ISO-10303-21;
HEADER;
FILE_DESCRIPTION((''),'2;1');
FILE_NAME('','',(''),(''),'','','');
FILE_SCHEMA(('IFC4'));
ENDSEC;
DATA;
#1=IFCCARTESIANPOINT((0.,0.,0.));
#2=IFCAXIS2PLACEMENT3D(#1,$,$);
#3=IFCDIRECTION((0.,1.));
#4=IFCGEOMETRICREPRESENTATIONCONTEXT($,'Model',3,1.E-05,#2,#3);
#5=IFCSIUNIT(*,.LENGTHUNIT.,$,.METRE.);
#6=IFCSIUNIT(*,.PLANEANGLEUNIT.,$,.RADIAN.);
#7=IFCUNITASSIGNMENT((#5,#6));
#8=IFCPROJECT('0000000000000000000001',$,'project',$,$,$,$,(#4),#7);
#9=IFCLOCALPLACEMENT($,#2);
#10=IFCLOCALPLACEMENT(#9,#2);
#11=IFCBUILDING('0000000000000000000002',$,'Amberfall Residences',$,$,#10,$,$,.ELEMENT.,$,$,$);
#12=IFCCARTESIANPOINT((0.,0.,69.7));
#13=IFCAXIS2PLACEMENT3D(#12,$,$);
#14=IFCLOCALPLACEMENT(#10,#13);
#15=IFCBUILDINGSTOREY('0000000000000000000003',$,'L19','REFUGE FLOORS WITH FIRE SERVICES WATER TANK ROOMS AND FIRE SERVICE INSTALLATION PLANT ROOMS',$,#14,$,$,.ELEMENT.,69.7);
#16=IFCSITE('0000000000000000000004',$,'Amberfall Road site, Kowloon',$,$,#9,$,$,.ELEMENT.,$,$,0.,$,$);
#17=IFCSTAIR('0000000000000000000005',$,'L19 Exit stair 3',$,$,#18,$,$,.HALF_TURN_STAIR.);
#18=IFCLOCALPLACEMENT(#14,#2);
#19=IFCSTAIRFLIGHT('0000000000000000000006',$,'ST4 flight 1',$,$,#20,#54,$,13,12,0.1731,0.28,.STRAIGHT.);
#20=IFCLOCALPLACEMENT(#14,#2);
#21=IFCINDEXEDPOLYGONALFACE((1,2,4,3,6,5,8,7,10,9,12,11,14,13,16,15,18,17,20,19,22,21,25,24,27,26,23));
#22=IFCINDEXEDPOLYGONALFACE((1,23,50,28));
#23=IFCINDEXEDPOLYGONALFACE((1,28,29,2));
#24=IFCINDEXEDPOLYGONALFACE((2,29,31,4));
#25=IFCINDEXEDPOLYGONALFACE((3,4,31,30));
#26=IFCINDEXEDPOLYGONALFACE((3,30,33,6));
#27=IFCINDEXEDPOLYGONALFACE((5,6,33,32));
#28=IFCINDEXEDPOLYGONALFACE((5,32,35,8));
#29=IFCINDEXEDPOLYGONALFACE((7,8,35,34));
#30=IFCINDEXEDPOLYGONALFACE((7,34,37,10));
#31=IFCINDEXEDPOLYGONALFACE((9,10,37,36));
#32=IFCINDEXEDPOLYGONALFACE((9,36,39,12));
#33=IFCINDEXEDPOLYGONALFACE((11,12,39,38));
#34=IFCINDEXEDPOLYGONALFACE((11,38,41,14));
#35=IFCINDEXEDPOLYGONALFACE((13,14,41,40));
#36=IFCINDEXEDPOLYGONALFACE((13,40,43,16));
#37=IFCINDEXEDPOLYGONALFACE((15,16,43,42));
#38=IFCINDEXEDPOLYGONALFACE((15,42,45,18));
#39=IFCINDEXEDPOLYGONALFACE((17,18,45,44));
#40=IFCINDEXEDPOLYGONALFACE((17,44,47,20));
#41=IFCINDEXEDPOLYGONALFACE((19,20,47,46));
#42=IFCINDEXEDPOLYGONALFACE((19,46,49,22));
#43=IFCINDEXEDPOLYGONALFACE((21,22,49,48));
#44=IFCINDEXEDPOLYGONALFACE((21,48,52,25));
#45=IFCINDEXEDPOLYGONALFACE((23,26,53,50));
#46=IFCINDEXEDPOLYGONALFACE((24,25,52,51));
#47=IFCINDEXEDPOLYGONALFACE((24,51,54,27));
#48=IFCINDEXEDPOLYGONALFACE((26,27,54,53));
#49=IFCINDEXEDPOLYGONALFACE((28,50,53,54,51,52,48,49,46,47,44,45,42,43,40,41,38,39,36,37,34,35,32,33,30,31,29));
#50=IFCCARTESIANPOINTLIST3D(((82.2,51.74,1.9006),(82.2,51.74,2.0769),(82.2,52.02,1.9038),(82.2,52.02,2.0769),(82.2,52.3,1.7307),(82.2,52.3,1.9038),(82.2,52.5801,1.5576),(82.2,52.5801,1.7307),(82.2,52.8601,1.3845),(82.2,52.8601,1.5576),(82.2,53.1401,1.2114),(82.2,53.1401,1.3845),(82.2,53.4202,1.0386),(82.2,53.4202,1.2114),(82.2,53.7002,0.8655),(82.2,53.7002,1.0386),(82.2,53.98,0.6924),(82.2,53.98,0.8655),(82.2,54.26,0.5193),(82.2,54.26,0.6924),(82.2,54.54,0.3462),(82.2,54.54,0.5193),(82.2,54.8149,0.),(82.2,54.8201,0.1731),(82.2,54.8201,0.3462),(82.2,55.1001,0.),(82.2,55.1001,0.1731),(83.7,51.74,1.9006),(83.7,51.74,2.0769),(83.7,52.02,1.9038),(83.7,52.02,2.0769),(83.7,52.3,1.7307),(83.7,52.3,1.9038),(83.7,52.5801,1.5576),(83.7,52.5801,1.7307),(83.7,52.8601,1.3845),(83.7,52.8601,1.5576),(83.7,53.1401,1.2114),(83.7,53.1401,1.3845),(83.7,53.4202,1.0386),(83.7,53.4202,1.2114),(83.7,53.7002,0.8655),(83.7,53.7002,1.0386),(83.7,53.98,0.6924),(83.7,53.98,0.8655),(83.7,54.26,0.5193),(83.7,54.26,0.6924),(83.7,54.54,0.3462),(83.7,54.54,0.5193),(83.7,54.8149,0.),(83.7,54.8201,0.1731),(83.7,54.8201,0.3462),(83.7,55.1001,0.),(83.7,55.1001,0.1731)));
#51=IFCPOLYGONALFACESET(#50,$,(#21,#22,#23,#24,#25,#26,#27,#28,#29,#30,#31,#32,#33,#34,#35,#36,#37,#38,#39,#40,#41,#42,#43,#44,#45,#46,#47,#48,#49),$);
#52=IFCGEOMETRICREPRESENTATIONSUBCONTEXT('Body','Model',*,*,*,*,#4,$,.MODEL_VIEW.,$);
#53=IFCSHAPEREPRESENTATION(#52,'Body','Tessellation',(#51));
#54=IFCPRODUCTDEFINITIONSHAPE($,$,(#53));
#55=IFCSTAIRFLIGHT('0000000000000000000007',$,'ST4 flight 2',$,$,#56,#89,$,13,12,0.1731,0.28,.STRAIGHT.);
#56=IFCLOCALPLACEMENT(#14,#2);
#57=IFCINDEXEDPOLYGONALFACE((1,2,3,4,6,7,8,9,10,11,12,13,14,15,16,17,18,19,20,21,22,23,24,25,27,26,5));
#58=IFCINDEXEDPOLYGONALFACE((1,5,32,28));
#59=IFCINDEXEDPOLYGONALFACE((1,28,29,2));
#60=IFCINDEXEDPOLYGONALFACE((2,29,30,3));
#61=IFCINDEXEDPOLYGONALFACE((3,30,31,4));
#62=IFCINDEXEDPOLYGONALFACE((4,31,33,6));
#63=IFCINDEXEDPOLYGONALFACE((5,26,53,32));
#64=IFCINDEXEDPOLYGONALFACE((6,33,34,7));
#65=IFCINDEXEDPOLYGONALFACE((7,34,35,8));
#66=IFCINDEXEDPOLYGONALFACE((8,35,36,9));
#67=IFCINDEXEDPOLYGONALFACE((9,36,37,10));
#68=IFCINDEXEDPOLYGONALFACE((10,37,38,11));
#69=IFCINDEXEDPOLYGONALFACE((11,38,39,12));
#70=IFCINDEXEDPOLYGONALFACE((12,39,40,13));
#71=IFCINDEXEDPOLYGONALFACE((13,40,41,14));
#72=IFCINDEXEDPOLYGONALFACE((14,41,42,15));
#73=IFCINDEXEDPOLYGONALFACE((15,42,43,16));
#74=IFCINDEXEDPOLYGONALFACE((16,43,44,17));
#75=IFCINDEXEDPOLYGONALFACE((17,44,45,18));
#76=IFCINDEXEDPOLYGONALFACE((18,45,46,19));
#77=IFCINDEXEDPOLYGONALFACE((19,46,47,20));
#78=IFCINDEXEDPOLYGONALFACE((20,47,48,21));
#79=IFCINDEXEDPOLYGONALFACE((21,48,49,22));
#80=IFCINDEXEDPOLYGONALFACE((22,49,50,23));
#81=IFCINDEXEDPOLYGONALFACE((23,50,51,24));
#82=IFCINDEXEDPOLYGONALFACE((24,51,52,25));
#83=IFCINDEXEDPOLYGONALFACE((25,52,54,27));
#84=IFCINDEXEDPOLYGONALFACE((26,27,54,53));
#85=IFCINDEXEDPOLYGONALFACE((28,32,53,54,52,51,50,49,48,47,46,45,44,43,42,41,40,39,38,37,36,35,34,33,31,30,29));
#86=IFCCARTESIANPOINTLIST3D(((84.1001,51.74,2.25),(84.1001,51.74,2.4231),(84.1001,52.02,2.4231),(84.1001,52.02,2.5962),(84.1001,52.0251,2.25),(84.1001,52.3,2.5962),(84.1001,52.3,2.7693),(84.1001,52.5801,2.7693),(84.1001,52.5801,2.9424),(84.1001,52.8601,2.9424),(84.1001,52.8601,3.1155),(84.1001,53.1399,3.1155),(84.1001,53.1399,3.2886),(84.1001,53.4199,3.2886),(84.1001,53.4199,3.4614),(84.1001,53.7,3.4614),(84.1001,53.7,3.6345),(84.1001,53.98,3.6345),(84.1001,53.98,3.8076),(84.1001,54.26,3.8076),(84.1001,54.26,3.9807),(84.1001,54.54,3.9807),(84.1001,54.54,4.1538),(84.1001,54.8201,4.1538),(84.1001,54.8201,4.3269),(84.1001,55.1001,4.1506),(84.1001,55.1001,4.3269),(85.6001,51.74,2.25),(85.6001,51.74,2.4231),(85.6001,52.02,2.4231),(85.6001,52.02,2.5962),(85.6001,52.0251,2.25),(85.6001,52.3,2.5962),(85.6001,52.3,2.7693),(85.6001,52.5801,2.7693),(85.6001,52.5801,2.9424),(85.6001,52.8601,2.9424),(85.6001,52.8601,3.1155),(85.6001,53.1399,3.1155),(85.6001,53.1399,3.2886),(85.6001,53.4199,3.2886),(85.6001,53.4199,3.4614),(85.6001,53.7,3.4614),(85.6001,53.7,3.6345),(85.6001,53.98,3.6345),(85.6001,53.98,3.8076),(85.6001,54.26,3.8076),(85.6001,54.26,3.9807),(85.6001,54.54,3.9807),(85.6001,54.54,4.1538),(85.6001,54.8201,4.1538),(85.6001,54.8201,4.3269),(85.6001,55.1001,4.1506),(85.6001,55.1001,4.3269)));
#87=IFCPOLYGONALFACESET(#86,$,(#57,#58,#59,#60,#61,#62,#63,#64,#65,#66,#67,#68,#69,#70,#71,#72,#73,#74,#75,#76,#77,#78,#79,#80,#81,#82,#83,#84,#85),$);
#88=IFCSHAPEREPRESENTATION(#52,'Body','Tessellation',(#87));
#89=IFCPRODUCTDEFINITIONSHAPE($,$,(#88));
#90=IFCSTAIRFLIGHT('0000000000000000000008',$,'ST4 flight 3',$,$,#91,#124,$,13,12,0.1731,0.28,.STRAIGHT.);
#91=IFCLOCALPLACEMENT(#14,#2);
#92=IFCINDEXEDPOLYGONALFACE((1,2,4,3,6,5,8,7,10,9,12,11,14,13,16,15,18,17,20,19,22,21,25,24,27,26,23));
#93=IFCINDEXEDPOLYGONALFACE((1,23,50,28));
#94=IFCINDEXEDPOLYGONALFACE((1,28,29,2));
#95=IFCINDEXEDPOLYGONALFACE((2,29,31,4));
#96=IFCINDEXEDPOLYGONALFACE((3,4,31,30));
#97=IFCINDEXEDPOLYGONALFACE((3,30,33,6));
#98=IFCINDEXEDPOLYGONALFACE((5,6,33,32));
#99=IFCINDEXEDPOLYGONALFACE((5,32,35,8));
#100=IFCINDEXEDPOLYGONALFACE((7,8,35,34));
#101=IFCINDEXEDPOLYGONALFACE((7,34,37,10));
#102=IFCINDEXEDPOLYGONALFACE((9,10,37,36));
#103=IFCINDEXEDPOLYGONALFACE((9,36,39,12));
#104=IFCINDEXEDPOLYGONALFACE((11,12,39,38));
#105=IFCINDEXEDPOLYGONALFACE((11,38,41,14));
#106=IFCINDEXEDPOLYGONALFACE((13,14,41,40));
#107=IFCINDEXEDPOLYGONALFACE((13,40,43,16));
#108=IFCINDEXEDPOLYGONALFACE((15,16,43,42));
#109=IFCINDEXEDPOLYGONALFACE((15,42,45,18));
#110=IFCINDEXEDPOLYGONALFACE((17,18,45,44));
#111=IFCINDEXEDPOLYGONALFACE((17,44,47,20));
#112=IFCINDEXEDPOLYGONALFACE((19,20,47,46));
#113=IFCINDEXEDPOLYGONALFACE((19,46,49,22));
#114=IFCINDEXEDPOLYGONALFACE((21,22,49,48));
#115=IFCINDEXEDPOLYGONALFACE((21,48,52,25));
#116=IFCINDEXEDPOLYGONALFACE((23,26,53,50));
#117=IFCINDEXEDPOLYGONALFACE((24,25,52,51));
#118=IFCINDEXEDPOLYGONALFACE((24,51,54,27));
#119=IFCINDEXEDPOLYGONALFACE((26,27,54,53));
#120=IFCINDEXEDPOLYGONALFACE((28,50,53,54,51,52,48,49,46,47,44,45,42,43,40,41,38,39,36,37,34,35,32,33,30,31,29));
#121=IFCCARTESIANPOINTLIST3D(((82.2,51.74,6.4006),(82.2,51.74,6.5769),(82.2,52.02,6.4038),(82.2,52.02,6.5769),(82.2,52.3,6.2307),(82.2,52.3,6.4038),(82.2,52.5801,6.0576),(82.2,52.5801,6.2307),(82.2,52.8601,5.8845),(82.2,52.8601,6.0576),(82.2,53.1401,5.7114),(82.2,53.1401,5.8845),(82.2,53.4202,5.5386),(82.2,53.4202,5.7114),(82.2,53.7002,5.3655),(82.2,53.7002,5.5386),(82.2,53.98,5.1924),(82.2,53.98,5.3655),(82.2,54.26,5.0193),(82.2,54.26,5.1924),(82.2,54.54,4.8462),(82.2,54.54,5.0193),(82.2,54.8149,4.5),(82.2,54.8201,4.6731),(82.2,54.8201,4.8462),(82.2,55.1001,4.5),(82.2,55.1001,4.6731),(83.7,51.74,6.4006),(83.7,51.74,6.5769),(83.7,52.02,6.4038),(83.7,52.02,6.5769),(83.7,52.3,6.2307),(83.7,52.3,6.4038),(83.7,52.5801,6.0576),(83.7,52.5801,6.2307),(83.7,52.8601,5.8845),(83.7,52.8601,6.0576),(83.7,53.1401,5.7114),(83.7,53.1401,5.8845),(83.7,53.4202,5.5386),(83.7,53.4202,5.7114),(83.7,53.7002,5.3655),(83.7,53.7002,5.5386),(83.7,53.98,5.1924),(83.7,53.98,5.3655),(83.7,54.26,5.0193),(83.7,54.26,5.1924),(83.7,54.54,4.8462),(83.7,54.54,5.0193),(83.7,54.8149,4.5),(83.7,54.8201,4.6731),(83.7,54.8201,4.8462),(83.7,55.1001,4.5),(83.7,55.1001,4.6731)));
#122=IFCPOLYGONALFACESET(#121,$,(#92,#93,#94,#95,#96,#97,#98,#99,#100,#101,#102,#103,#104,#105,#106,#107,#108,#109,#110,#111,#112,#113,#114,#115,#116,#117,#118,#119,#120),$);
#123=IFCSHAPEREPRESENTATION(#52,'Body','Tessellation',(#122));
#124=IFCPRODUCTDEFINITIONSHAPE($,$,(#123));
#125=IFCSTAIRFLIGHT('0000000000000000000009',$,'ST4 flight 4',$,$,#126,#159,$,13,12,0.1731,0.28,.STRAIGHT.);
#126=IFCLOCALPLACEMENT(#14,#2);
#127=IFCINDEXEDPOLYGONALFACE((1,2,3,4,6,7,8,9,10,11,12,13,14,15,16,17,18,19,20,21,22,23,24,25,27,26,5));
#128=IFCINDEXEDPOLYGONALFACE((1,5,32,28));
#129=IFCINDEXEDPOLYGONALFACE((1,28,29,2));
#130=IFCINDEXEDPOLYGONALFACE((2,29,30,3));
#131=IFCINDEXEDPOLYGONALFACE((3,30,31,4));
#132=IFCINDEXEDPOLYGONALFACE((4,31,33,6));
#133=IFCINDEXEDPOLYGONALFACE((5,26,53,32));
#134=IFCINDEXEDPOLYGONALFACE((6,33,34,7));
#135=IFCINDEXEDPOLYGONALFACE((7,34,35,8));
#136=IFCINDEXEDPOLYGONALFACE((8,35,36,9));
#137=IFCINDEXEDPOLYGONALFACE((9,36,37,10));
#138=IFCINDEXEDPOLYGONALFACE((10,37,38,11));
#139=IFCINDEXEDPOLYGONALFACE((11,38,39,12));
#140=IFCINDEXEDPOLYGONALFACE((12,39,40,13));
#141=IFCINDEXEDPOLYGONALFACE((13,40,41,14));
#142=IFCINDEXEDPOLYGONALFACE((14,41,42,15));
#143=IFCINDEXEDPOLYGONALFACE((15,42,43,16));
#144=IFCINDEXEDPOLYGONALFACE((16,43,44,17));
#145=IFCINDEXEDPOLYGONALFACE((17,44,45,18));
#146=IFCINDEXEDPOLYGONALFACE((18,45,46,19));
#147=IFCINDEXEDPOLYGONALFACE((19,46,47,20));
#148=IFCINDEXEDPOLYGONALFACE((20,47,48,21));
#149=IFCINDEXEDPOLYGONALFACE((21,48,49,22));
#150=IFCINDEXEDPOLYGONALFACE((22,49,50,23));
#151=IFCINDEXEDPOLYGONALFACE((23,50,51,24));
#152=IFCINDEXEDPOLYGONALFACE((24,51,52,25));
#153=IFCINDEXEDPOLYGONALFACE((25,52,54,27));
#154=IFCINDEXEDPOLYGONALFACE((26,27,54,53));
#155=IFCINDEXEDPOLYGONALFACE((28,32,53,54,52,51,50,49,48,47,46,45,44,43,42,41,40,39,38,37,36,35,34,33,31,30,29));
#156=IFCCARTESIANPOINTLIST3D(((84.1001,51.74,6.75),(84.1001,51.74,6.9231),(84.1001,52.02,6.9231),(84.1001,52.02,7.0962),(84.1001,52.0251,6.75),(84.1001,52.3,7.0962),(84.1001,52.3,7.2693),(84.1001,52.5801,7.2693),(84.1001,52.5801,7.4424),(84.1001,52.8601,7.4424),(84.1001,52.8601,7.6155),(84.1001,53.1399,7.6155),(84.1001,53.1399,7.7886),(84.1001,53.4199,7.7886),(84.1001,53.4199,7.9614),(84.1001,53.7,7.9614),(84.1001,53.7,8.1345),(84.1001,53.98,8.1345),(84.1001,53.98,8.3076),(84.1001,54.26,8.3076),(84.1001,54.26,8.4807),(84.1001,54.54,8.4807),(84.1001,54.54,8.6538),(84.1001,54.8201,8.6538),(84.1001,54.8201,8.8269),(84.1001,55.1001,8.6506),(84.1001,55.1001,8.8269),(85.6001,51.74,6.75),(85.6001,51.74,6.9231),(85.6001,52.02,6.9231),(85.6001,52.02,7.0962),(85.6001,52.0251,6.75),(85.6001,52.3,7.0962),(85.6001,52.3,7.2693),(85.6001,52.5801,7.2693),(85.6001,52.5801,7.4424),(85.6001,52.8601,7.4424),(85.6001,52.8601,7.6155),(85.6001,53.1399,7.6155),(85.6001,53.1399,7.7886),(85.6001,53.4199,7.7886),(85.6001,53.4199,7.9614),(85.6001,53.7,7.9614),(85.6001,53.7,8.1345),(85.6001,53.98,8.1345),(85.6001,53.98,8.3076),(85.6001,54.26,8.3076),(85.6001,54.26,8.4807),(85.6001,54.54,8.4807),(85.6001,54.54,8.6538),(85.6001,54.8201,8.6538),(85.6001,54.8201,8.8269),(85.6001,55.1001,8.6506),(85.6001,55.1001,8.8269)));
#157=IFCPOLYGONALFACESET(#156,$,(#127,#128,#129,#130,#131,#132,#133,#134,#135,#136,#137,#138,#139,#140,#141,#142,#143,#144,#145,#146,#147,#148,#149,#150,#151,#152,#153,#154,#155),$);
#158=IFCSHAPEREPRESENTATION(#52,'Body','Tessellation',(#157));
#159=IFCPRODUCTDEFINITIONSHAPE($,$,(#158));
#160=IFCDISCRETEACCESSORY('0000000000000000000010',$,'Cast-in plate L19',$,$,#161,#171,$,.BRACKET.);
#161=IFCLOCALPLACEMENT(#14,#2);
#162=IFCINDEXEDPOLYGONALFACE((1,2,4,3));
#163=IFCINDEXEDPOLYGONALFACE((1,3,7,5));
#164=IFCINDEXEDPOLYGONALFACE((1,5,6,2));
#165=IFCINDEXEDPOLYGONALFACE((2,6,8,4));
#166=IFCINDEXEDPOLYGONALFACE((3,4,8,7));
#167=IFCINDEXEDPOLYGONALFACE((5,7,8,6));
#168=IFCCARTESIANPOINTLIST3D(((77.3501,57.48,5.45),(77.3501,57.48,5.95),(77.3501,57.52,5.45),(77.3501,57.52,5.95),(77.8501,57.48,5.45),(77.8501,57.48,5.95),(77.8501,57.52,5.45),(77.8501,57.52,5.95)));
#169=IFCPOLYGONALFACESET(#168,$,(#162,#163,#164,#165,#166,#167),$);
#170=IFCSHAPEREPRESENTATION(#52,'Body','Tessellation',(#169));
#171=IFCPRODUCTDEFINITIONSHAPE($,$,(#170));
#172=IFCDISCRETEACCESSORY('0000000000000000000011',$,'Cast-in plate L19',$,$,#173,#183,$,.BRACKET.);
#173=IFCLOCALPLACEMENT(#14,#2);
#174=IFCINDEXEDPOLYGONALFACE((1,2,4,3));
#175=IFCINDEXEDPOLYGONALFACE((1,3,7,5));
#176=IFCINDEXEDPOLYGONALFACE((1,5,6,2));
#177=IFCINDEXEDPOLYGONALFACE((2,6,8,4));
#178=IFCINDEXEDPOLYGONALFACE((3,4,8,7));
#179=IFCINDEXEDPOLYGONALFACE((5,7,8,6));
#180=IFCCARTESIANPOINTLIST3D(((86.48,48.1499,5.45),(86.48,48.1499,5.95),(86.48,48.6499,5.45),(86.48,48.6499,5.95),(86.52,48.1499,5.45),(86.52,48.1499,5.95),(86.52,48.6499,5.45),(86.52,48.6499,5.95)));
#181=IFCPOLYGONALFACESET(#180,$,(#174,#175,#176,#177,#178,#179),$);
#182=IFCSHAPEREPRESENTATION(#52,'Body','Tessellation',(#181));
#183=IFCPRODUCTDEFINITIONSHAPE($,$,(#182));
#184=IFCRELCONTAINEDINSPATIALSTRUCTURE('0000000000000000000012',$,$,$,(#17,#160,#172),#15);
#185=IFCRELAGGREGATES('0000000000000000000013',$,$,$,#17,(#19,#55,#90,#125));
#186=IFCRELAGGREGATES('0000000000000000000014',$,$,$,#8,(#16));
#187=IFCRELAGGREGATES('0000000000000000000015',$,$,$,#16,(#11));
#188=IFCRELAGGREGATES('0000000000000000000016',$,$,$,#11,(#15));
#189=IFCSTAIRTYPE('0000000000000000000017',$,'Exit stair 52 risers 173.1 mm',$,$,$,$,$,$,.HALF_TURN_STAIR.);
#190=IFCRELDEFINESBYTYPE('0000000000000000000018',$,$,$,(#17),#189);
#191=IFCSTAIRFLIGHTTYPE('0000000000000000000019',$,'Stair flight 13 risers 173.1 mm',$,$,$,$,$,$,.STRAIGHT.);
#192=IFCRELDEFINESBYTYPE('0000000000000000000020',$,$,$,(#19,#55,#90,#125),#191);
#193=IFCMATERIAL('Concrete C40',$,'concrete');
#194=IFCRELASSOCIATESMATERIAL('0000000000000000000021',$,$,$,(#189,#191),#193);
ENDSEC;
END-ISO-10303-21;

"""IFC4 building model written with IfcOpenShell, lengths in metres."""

from ifc_helpers import new_model, si_unit, direction, frame, origin, origin_2d, place, context, subcontext, project, spatial, polyline, rectangle, outline, extrude, material, type_object, element, aggregate, save


model = new_model("IFC4")

# Units and contexts
model_context = context("Model", 3, precision=1e-05, world=origin(), true_north=direction((0.0, 1.0)))
body_context = subcontext(model_context, "Body", "Model", "MODEL_VIEW")
ifc_project = project(units=[si_unit("LENGTHUNIT", "METRE"), si_unit("PLANEANGLEUNIT", "RADIAN")], contexts=[model_context])

# Site, building, storey
site_placement = place(None, origin())
site = spatial("IfcSite", under=ifc_project, at=site_placement, Name="Amberfall Road site, Kowloon", CompositionType="ELEMENT", RefElevation=0.0)
building_placement = place(site_placement, origin())
building = spatial("IfcBuilding", under=site, at=building_placement, Name="Amberfall Residences", CompositionType="ELEMENT")
storey_placement = place(building_placement, frame((0.0, 0.0, 69.7)))
storey = spatial("IfcBuildingStorey", under=building, at=storey_placement, Name="L19", Description="REFUGE FLOORS WITH FIRE SERVICES WATER TANK ROOMS AND FIRE SERVICE INSTALLATION PLANT ROOMS", CompositionType="ELEMENT", Elevation=69.7)

# Shared definitions
ifc_material_1 = material(Name="Concrete C40", Category="concrete")

# Stair, stair flights
stair_type = type_object("IfcStairType", Name="Exit stair 52 risers 173.1 mm", PredefinedType="HALF_TURN_STAIR", material=ifc_material_1)
stair_placement = place(storey_placement, origin())
stair = element("IfcStair", 1, at=stair_placement, inside=storey, type_object=stair_type, Name="L19 Exit stair 3", PredefinedType="HALF_TURN_STAIR")
stair_flight_type = type_object("IfcStairFlightType", Name="Stair flight 13 risers 173.1 mm", PredefinedType="STRAIGHT", material=ifc_material_1)
stair_flight_1_placement = place(storey_placement, frame((82.95, 55.1001, 0.0), z_axis=(0.0, 0.0, 1.0), x_axis=(0.0, -1.0, 0.0)))
stair_flight_1 = element("IfcStairFlight", 2, at=stair_flight_1_placement, type_object=stair_flight_type, Name="ST4 flight 1", NumberOfRisers=13, NumberOfTreads=12, PredefinedType="STRAIGHT", RiserHeight=0.1731, TreadLength=0.28, context=body_context, shape_type="SweptSolid", body=[
    extrude(outline(polyline([(0.0, 0.0), (0.0, 0.1731), (0.28, 0.1731), (0.28, 0.3462), (0.5601, 0.3462), (0.5601, 0.5193), (0.8401, 0.5193), (0.8401, 0.6924), (1.1201, 0.6924), (1.1201, 0.8655), (1.3999, 0.8655), (1.3999, 1.0386), (1.6799, 1.0386), (1.6799, 1.2114), (1.96, 1.2114), (1.96, 1.3845), (2.24, 1.3845), (2.24, 1.5576), (2.52, 1.5576), (2.52, 1.7307), (2.8, 1.7307), (2.8, 1.9038), (3.0801, 1.9038), (3.0801, 2.0769), (3.3601, 2.0769), (3.3601, 2.25), (3.3601, 1.9006), (0.2852, 0.0), (0.0, 0.0)])), frame((0.0, 0.75, 0.0), z_axis=(0.0, -1.0, 0.0), x_axis=(1.0, 0.0, 0.0)), (0.0, 0.0, 1.0), 1.5),
])
stair_flight_2_placement = place(storey_placement, frame((84.8501, 51.74, 2.25), z_axis=(0.0, 0.0, 1.0), x_axis=(0.0, 1.0, 0.0)))
stair_flight_2 = element("IfcStairFlight", 3, at=stair_flight_2_placement, type_object=stair_flight_type, Name="ST4 flight 2", NumberOfRisers=13, NumberOfTreads=12, PredefinedType="STRAIGHT", RiserHeight=0.1731, TreadLength=0.28, context=body_context, shape_type="SweptSolid", body=[
    extrude(outline(polyline([(0.0, 0.0), (0.0, 0.1731), (0.28, 0.1731), (0.28, 0.3462), (0.5601, 0.3462), (0.5601, 0.5193), (0.8401, 0.5193), (0.8401, 0.6924), (1.1201, 0.6924), (1.1201, 0.8655), (1.3999, 0.8655), (1.3999, 1.0386), (1.6799, 1.0386), (1.6799, 1.2114), (1.96, 1.2114), (1.96, 1.3845), (2.24, 1.3845), (2.24, 1.5576), (2.52, 1.5576), (2.52, 1.7307), (2.8, 1.7307), (2.8, 1.9038), (3.0801, 1.9038), (3.0801, 2.0769), (3.3601, 2.0769), (3.3601, 2.25), (3.3601, 1.9006), (0.2852, 0.0), (0.0, 0.0)])), frame((0.0, 0.75, 0.0), z_axis=(0.0, -1.0, 0.0), x_axis=(1.0, 0.0, 0.0)), (0.0, 0.0, 1.0), 1.5),
])
stair_flight_3_placement = place(storey_placement, frame((82.95, 55.1001, 4.5), z_axis=(0.0, 0.0, 1.0), x_axis=(0.0, -1.0, 0.0)))
stair_flight_3 = element("IfcStairFlight", 4, at=stair_flight_3_placement, type_object=stair_flight_type, Name="ST4 flight 3", NumberOfRisers=13, NumberOfTreads=12, PredefinedType="STRAIGHT", RiserHeight=0.1731, TreadLength=0.28, context=body_context, shape_type="SweptSolid", body=[
    extrude(outline(polyline([(0.0, 0.0), (0.0, 0.1731), (0.28, 0.1731), (0.28, 0.3462), (0.5601, 0.3462), (0.5601, 0.5193), (0.8401, 0.5193), (0.8401, 0.6924), (1.1201, 0.6924), (1.1201, 0.8655), (1.3999, 0.8655), (1.3999, 1.0386), (1.6799, 1.0386), (1.6799, 1.2114), (1.96, 1.2114), (1.96, 1.3845), (2.24, 1.3845), (2.24, 1.5576), (2.52, 1.5576), (2.52, 1.7307), (2.8, 1.7307), (2.8, 1.9038), (3.0801, 1.9038), (3.0801, 2.0769), (3.3601, 2.0769), (3.3601, 2.25), (3.3601, 1.9006), (0.2852, 0.0), (0.0, 0.0)])), frame((0.0, 0.75, 0.0), z_axis=(0.0, -1.0, 0.0), x_axis=(1.0, 0.0, 0.0)), (0.0, 0.0, 1.0), 1.5),
])
stair_flight_4_placement = place(storey_placement, frame((84.8501, 51.74, 6.75), z_axis=(0.0, 0.0, 1.0), x_axis=(0.0, 1.0, 0.0)))
stair_flight_4 = element("IfcStairFlight", 5, at=stair_flight_4_placement, type_object=stair_flight_type, Name="ST4 flight 4", NumberOfRisers=13, NumberOfTreads=12, PredefinedType="STRAIGHT", RiserHeight=0.1731, TreadLength=0.28, context=body_context, shape_type="SweptSolid", body=[
    extrude(outline(polyline([(0.0, 0.0), (0.0, 0.1731), (0.28, 0.1731), (0.28, 0.3462), (0.5601, 0.3462), (0.5601, 0.5193), (0.8401, 0.5193), (0.8401, 0.6924), (1.1201, 0.6924), (1.1201, 0.8655), (1.3999, 0.8655), (1.3999, 1.0386), (1.6799, 1.0386), (1.6799, 1.2114), (1.96, 1.2114), (1.96, 1.3845), (2.24, 1.3845), (2.24, 1.5576), (2.52, 1.5576), (2.52, 1.7307), (2.8, 1.7307), (2.8, 1.9038), (3.0801, 1.9038), (3.0801, 2.0769), (3.3601, 2.0769), (3.3601, 2.25), (3.3601, 1.9006), (0.2852, 0.0), (0.0, 0.0)])), frame((0.0, 0.75, 0.0), z_axis=(0.0, -1.0, 0.0), x_axis=(1.0, 0.0, 0.0)), (0.0, 0.0, 1.0), 1.5),
])
aggregate(stair, [stair_flight_1, stair_flight_2, stair_flight_3, stair_flight_4])

# Discrete accessories
for number, where, z_axis, x_axis, name in (
    (6, (77.6001, 57.5, 5.45), (0.0, 0.0, 1.0), (0.0, 1.0, 0.0), "Cast-in plate L19"),
    (7, (86.5, 48.3999, 5.45), (0.0, 0.0, 1.0), (1.0, 0.0, 0.0), "Cast-in plate L19"),
):
    element("IfcDiscreteAccessory", number, at=place(storey_placement, frame(where, z_axis=z_axis, x_axis=x_axis)), inside=storey, Name=name, PredefinedType="BRACKET", context=body_context, shape_type="SweptSolid", body=[
        extrude(rectangle(XDim=0.04, YDim=0.5, at=origin_2d()), origin(), (0.0, 0.0, 1.0), 0.5),
    ])

save(model, "model.ifc")
